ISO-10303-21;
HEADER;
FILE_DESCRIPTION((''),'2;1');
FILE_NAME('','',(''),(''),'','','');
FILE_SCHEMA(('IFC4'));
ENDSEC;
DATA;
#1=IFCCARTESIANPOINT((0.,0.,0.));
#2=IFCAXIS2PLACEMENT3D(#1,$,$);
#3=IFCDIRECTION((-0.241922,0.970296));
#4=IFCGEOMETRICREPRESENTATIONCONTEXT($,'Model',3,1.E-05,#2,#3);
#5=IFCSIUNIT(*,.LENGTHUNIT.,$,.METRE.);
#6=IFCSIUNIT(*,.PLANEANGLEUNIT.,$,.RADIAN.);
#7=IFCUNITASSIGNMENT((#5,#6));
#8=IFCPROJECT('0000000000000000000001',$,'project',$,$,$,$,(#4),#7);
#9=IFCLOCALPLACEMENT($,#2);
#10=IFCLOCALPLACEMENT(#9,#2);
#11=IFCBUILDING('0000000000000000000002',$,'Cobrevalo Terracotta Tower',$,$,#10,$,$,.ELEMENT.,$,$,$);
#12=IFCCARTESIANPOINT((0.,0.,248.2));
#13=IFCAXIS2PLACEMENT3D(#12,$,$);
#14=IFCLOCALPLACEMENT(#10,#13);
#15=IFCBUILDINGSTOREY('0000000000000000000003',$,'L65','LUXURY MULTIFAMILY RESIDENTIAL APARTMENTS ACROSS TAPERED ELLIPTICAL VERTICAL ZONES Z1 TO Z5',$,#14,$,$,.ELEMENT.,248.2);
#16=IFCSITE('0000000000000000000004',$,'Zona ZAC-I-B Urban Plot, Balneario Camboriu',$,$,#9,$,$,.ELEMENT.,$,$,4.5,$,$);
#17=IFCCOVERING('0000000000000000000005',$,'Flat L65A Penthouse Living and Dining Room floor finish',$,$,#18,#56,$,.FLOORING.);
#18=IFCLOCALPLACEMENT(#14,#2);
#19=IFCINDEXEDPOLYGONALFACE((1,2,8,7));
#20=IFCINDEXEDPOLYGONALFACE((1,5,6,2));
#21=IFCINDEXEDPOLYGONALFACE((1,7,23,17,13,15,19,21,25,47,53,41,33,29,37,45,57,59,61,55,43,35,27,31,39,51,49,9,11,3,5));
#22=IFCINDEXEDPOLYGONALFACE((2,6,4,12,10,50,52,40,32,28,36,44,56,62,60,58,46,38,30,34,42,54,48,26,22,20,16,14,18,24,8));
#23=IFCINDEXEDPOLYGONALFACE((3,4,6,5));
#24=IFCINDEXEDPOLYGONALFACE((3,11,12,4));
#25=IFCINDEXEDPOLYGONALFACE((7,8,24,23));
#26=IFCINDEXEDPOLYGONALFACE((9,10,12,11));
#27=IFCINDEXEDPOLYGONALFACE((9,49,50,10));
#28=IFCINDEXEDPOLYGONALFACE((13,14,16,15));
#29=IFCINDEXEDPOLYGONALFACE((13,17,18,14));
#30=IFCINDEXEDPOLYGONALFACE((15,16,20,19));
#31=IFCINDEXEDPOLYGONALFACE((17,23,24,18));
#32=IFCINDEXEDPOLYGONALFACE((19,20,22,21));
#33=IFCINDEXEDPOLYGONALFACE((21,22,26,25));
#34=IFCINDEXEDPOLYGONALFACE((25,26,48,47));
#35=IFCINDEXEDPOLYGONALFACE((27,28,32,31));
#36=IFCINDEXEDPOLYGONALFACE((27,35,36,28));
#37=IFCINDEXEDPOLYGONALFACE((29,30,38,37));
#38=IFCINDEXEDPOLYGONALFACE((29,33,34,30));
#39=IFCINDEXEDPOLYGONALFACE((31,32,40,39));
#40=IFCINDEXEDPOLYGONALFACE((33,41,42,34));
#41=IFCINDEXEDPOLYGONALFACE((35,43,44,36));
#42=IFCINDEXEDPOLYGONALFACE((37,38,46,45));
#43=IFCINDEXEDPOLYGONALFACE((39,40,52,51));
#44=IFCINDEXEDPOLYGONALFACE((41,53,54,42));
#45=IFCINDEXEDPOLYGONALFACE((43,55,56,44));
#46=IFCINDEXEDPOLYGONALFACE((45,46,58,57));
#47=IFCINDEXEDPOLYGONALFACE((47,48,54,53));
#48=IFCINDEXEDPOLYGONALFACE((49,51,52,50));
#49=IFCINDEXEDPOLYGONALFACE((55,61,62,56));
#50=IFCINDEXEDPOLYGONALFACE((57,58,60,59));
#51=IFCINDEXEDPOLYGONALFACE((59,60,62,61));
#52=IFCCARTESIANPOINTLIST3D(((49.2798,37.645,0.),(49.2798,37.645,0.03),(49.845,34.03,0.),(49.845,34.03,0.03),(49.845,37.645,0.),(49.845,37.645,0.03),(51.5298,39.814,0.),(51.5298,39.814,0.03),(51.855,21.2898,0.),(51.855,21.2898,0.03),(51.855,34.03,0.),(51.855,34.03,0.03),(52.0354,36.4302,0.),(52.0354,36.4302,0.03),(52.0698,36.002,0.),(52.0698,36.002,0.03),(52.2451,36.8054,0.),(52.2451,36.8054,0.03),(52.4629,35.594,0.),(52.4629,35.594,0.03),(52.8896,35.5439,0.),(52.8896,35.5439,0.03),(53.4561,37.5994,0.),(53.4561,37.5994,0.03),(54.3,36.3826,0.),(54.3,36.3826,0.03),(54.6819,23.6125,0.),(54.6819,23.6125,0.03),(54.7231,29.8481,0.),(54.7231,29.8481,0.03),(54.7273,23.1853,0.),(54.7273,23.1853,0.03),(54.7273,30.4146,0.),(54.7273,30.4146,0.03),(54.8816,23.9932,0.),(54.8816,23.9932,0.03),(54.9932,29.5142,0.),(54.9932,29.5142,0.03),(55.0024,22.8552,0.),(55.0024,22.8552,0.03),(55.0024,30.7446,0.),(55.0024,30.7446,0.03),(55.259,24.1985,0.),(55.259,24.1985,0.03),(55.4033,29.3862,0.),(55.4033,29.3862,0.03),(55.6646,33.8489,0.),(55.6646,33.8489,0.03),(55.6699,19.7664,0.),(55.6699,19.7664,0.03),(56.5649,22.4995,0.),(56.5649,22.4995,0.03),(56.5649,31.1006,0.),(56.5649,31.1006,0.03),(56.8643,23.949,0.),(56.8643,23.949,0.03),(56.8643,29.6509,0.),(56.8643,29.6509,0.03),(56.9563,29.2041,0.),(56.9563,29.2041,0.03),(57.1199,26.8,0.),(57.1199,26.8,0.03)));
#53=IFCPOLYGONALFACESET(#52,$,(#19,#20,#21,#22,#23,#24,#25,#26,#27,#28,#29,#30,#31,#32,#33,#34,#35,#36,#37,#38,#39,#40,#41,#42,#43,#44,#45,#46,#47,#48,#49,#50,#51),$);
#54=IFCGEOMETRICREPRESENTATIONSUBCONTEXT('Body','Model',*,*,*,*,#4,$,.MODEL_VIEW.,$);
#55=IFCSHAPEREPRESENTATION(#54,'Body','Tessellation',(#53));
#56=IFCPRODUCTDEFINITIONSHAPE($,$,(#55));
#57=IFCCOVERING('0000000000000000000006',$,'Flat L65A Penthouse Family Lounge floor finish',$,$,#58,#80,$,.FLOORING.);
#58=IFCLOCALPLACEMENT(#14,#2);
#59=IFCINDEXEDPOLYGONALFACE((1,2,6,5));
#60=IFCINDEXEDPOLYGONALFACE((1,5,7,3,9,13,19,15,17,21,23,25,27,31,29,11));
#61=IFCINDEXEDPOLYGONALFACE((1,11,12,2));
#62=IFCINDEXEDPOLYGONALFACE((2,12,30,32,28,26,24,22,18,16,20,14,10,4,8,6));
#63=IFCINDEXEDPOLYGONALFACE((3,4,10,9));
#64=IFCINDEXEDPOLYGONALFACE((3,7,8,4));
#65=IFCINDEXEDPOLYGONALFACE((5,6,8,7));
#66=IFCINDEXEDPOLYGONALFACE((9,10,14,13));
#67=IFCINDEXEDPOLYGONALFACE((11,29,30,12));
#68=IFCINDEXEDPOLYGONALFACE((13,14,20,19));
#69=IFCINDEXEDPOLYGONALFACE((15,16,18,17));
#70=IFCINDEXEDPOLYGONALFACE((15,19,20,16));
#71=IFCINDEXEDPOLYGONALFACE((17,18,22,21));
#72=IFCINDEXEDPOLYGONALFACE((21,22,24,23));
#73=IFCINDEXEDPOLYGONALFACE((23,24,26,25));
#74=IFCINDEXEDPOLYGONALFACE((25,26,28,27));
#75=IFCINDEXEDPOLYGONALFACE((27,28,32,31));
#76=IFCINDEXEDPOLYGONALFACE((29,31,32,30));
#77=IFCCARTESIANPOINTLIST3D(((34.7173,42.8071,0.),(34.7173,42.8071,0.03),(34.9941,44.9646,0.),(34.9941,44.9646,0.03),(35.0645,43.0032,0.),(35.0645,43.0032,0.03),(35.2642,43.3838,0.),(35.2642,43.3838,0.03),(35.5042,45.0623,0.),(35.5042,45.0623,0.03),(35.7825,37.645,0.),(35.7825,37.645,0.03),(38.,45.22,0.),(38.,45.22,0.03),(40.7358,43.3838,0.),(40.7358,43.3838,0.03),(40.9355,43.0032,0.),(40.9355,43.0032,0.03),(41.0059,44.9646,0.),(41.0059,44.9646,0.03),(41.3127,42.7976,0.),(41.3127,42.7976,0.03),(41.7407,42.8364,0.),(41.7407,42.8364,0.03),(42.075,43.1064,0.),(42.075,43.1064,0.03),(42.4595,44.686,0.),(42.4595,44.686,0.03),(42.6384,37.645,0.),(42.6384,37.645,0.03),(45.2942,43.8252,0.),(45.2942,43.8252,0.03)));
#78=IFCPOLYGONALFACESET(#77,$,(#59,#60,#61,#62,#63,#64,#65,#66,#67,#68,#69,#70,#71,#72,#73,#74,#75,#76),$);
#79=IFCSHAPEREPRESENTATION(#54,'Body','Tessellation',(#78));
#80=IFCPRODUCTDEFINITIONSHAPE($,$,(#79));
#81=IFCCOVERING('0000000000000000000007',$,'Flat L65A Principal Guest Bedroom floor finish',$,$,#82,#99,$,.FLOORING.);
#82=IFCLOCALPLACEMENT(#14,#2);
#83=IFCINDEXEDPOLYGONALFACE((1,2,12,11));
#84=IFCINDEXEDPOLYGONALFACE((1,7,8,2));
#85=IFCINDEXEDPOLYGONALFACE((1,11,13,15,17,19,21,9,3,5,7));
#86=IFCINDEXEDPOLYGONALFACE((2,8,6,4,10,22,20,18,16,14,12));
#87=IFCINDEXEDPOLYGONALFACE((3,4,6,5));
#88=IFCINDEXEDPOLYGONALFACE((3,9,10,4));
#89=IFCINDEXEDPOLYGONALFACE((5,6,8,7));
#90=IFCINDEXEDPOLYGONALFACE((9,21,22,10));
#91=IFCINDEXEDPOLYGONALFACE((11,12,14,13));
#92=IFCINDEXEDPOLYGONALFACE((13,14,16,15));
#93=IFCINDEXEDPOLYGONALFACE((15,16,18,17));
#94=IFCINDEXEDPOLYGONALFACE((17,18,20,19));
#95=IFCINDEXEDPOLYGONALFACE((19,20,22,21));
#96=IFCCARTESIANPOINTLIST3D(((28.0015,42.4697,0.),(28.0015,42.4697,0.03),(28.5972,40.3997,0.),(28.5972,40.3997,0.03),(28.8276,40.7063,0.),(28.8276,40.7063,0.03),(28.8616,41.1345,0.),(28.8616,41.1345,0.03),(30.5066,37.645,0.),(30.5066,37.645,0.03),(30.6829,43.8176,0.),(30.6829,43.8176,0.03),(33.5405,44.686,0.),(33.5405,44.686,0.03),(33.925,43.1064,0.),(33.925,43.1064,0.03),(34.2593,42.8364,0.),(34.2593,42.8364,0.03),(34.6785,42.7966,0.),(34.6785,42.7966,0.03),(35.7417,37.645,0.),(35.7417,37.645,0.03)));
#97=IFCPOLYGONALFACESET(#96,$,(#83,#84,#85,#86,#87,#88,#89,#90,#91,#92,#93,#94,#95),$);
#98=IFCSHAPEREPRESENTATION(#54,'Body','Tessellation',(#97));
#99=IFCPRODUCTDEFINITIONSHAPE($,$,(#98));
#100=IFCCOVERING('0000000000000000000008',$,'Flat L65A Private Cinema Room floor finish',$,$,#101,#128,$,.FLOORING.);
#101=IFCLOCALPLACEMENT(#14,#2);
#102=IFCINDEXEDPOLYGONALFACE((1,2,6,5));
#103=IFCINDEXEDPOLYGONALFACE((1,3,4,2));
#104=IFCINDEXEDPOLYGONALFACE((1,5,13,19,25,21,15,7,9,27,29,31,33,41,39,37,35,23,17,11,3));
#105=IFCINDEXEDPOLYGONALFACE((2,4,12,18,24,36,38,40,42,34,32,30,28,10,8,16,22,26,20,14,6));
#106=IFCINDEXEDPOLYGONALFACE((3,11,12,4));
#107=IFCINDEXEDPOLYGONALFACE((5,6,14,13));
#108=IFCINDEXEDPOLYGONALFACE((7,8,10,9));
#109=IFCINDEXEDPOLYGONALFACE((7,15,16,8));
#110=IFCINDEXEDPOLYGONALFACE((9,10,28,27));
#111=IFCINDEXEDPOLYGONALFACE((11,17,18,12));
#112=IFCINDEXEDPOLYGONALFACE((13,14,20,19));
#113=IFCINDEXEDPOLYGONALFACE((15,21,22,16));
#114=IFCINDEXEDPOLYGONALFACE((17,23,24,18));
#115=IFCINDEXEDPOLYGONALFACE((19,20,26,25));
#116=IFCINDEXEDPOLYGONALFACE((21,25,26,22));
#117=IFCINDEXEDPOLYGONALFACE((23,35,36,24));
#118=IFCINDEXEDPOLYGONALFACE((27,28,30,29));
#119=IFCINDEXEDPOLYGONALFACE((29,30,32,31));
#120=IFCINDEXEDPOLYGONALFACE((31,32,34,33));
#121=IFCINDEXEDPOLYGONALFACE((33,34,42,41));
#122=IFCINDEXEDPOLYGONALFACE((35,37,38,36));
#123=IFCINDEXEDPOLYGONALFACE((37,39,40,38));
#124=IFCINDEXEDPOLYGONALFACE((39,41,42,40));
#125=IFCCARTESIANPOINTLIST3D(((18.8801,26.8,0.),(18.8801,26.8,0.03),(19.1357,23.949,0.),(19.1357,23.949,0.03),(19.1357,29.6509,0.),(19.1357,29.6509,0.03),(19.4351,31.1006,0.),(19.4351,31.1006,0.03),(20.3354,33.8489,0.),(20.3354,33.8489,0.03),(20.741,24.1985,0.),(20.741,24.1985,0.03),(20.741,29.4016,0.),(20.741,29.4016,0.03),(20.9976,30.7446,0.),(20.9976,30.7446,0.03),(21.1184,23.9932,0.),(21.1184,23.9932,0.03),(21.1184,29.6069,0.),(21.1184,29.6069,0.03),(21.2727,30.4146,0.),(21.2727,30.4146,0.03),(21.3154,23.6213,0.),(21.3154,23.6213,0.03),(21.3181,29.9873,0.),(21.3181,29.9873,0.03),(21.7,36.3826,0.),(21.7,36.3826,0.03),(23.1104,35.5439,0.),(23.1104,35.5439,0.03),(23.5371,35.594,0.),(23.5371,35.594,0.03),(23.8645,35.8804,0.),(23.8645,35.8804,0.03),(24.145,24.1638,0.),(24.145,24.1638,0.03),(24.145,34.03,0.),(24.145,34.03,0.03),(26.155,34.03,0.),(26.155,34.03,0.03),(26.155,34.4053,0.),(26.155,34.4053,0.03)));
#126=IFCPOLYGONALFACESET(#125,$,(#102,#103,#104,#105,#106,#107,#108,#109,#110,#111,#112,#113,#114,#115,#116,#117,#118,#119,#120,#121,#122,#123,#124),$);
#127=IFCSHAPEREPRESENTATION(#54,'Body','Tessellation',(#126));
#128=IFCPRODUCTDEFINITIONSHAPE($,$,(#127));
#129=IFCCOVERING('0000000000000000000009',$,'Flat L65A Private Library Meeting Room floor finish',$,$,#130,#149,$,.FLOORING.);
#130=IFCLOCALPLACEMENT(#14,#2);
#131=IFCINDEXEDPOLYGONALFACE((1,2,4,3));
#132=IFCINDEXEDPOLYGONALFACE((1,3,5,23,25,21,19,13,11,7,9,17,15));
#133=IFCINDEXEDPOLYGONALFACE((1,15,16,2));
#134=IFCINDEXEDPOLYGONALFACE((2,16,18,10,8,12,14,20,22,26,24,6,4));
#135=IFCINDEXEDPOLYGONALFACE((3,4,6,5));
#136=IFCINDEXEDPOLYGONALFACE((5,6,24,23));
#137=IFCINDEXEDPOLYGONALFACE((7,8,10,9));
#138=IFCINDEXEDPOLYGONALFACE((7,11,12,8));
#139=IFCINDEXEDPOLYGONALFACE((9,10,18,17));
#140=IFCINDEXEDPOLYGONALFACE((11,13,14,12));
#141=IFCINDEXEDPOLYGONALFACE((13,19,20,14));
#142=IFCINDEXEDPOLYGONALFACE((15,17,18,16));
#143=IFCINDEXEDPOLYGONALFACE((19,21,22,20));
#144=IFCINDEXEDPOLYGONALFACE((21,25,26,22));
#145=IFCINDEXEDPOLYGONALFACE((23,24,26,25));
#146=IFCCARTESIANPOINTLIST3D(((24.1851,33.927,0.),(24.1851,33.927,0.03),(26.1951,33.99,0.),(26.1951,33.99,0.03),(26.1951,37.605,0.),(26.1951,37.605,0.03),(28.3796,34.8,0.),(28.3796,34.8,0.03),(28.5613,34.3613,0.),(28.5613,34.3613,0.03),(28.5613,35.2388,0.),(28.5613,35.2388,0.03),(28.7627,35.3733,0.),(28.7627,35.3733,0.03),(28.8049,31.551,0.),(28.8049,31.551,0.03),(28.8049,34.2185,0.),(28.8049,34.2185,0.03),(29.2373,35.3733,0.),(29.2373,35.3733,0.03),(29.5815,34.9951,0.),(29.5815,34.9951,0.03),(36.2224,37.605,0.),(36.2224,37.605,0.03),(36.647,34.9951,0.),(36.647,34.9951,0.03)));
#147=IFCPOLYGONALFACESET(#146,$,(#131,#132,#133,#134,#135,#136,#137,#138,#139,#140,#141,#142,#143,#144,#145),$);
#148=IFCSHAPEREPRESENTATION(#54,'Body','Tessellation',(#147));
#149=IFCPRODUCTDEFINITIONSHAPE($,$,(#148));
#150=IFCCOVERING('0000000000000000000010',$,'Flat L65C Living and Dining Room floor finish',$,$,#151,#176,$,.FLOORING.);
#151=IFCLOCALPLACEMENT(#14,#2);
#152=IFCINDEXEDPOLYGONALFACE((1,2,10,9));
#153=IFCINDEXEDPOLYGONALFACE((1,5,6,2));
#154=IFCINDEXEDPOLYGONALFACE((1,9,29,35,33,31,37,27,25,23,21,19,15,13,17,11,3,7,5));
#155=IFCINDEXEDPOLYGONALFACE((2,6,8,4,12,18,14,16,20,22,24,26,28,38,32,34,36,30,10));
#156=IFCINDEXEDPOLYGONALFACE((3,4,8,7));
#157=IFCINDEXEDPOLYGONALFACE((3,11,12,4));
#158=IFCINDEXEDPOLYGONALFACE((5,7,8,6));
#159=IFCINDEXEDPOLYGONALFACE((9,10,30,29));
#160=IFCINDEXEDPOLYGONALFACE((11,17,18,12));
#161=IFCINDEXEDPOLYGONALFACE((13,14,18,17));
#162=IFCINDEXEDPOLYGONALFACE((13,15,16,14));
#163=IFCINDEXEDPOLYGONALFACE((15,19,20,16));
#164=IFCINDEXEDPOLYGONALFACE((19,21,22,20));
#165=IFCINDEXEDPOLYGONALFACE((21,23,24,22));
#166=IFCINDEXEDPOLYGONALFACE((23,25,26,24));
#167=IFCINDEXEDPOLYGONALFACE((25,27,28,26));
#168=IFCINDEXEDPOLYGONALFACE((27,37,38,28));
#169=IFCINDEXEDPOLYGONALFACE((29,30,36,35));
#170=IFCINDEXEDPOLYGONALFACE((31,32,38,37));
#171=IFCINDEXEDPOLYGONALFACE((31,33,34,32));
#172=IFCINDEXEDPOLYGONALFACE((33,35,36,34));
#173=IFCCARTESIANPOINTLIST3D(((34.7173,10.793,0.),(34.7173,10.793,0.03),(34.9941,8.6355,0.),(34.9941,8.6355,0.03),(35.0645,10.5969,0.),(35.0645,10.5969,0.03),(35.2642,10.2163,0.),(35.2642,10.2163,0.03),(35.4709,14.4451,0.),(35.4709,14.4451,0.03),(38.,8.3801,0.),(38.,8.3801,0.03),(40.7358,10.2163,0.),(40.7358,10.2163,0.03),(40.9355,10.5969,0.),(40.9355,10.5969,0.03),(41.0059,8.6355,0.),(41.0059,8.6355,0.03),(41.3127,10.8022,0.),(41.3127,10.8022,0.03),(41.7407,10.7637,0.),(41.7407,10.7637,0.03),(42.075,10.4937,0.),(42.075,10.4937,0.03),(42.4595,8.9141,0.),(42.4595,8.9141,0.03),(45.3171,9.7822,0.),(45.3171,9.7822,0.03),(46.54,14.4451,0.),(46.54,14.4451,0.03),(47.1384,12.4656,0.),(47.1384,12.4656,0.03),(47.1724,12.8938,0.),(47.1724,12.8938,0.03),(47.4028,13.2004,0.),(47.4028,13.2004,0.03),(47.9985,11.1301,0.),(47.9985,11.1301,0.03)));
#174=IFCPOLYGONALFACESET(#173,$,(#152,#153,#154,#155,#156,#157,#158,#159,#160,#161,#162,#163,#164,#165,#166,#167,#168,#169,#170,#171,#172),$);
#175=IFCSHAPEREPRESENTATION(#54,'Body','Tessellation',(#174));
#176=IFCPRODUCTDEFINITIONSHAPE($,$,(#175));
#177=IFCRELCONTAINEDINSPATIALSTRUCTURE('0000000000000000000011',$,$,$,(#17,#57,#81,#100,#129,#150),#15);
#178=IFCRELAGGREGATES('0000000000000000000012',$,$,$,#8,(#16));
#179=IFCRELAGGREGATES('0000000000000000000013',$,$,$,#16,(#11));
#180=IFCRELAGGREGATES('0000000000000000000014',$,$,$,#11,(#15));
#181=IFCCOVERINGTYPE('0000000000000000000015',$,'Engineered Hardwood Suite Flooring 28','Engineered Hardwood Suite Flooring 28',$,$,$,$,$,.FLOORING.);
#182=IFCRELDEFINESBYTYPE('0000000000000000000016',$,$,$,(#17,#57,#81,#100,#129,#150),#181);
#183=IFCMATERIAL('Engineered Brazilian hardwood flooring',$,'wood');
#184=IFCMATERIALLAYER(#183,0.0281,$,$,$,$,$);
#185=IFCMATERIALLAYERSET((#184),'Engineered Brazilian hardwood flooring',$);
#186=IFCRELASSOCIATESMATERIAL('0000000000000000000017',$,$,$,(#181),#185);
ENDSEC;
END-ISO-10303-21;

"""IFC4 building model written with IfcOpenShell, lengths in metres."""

from ifc_helpers import new_model, si_unit, direction, frame, origin, place, context, subcontext, project, spatial, polyline, outline, extrude, material, layer, layer_set, type_object, element, save


model = new_model("IFC4")

# Units and contexts
model_context = context("Model", 3, precision=1e-05, world=origin(), true_north=direction((-0.241922, 0.970296)))
body_context = subcontext(model_context, "Body", "Model", "MODEL_VIEW")
ifc_project = project(units=[si_unit("LENGTHUNIT", "METRE"), si_unit("PLANEANGLEUNIT", "RADIAN")], contexts=[model_context])

# Site, building, storey
site_placement = place(None, origin())
site = spatial("IfcSite", under=ifc_project, at=site_placement, Name="Zona ZAC-I-B Urban Plot, Balneario Camboriu", CompositionType="ELEMENT", RefElevation=4.5)
building_placement = place(site_placement, origin())
building = spatial("IfcBuilding", under=site, at=building_placement, Name="Cobrevalo Terracotta Tower", CompositionType="ELEMENT")
storey_placement = place(building_placement, frame((0.0, 0.0, 248.2)))
storey = spatial("IfcBuildingStorey", under=building, at=storey_placement, Name="L65", Description="LUXURY MULTIFAMILY RESIDENTIAL APARTMENTS ACROSS TAPERED ELLIPTICAL VERTICAL ZONES Z1 TO Z5", CompositionType="ELEMENT", Elevation=248.2)

# Coverings
ifc_material_1 = material(Name="Engineered Brazilian hardwood flooring", Category="wood")
ifc_layer_1 = layer(ifc_material_1, 0.0281)
ifc_layer_set_1 = layer_set([ifc_layer_1], Name="Engineered Brazilian hardwood flooring")
covering_type_1 = type_object("IfcCoveringType", Name="Engineered Hardwood Suite Flooring 28", Description="Engineered Hardwood Suite Flooring 28", PredefinedType="FLOORING", material=ifc_layer_set_1)
covering_1_placement = place(storey_placement, origin())
element("IfcCovering", 1, at=covering_1_placement, inside=storey, type_object=covering_type_1, Name="Flat L65A Penthouse Living and Dining Room floor finish", PredefinedType="FLOORING", context=body_context, shape_type="SweptSolid", body=[
    extrude(outline(polyline([(51.5298, 39.814), (53.4561, 37.5994), (52.2451, 36.8054), (52.0354, 36.4302), (52.0698, 36.002), (52.4629, 35.594), (52.8896, 35.5439), (54.3, 36.3826), (55.6646, 33.8489), (56.5649, 31.1006), (55.0024, 30.7446), (54.7273, 30.4146), (54.7231, 29.8481), (54.9932, 29.5142), (55.4033, 29.3862), (56.8643, 29.6509), (56.9563, 29.2041), (57.1199, 26.8), (56.8643, 23.949), (55.259, 24.1985), (54.8816, 23.9932), (54.6819, 23.6125), (54.7273, 23.1853), (55.0024, 22.8552), (56.5649, 22.4995), (55.6699, 19.7664), (51.855, 21.2898), (51.855, 34.03), (49.845, 34.03), (49.845, 37.645), (49.2798, 37.645), (51.5298, 39.814)])), origin(), (0.0, 0.0, 1.0), 0.03),
])
covering_2_placement = place(storey_placement, origin())
element("IfcCovering", 2, at=covering_2_placement, inside=storey, type_object=covering_type_1, Name="Flat L65A Penthouse Family Lounge floor finish", PredefinedType="FLOORING", context=body_context, shape_type="SweptSolid", body=[
    extrude(outline(polyline([(34.7173, 42.8071), (35.0645, 43.0032), (35.2642, 43.3838), (34.9941, 44.9646), (35.5042, 45.0623), (38.0, 45.22), (41.0059, 44.9646), (40.7358, 43.3838), (40.9355, 43.0032), (41.3127, 42.7976), (41.7407, 42.8364), (42.075, 43.1064), (42.4595, 44.686), (45.2942, 43.8252), (42.6384, 37.645), (35.7825, 37.645), (34.7173, 42.8071)])), origin(), (0.0, 0.0, 1.0), 0.03),
])
covering_3_placement = place(storey_placement, origin())
element("IfcCovering", 3, at=covering_3_placement, inside=storey, type_object=covering_type_1, Name="Flat L65A Principal Guest Bedroom floor finish", PredefinedType="FLOORING", context=body_context, shape_type="SweptSolid", body=[
    extrude(outline(polyline([(28.5972, 40.3997), (28.8276, 40.7063), (28.8616, 41.1345), (28.0015, 42.4697), (30.6829, 43.8176), (33.5405, 44.686), (33.925, 43.1064), (34.2593, 42.8364), (34.6785, 42.7966), (35.7417, 37.645), (30.5066, 37.645), (28.5972, 40.3997)])), origin(), (0.0, 0.0, 1.0), 0.03),
])
covering_4_placement = place(storey_placement, origin())
element("IfcCovering", 4, at=covering_4_placement, inside=storey, type_object=covering_type_1, Name="Flat L65A Private Cinema Room floor finish", PredefinedType="FLOORING", context=body_context, shape_type="SweptSolid", body=[
    extrude(outline(polyline([(21.3154, 23.6213), (21.1184, 23.9932), (20.741, 24.1985), (19.1357, 23.949), (18.8801, 26.8), (19.1357, 29.6509), (20.741, 29.4016), (21.1184, 29.6069), (21.3181, 29.9873), (21.2727, 30.4146), (20.9976, 30.7446), (19.4351, 31.1006), (20.3354, 33.8489), (21.7, 36.3826), (23.1104, 35.5439), (23.5371, 35.594), (23.8645, 35.8804), (26.155, 34.4053), (26.155, 34.03), (24.145, 34.03), (24.145, 24.1638), (21.3154, 23.6213)])), origin(), (0.0, 0.0, 1.0), 0.03),
])
covering_5_placement = place(storey_placement, origin())
element("IfcCovering", 5, at=covering_5_placement, inside=storey, type_object=covering_type_1, Name="Flat L65A Private Library Meeting Room floor finish", PredefinedType="FLOORING", context=body_context, shape_type="SweptSolid", body=[
    extrude(outline(polyline([(28.8049, 31.551), (24.1851, 33.927), (26.1951, 33.99), (26.1951, 37.605), (36.2224, 37.605), (36.647, 34.9951), (29.5815, 34.9951), (29.2373, 35.3733), (28.7627, 35.3733), (28.5613, 35.2388), (28.3796, 34.8), (28.5613, 34.3613), (28.8049, 34.2185), (28.8049, 31.551)])), origin(), (0.0, 0.0, 1.0), 0.03),
])
covering_6_placement = place(storey_placement, origin())
element("IfcCovering", 6, at=covering_6_placement, inside=storey, type_object=covering_type_1, Name="Flat L65C Living and Dining Room floor finish", PredefinedType="FLOORING", context=body_context, shape_type="SweptSolid", body=[
    extrude(outline(polyline([(45.3171, 9.7822), (42.4595, 8.9141), (42.075, 10.4937), (41.7407, 10.7637), (41.3127, 10.8022), (40.9355, 10.5969), (40.7358, 10.2163), (41.0059, 8.6355), (38.0, 8.3801), (34.9941, 8.6355), (35.2642, 10.2163), (35.0645, 10.5969), (34.7173, 10.793), (35.4709, 14.4451), (46.54, 14.4451), (47.4028, 13.2004), (47.1724, 12.8938), (47.1384, 12.4656), (47.9985, 11.1301), (45.3171, 9.7822)])), origin(), (0.0, 0.0, 1.0), 0.03),
])

save(model, "model.ifc")
